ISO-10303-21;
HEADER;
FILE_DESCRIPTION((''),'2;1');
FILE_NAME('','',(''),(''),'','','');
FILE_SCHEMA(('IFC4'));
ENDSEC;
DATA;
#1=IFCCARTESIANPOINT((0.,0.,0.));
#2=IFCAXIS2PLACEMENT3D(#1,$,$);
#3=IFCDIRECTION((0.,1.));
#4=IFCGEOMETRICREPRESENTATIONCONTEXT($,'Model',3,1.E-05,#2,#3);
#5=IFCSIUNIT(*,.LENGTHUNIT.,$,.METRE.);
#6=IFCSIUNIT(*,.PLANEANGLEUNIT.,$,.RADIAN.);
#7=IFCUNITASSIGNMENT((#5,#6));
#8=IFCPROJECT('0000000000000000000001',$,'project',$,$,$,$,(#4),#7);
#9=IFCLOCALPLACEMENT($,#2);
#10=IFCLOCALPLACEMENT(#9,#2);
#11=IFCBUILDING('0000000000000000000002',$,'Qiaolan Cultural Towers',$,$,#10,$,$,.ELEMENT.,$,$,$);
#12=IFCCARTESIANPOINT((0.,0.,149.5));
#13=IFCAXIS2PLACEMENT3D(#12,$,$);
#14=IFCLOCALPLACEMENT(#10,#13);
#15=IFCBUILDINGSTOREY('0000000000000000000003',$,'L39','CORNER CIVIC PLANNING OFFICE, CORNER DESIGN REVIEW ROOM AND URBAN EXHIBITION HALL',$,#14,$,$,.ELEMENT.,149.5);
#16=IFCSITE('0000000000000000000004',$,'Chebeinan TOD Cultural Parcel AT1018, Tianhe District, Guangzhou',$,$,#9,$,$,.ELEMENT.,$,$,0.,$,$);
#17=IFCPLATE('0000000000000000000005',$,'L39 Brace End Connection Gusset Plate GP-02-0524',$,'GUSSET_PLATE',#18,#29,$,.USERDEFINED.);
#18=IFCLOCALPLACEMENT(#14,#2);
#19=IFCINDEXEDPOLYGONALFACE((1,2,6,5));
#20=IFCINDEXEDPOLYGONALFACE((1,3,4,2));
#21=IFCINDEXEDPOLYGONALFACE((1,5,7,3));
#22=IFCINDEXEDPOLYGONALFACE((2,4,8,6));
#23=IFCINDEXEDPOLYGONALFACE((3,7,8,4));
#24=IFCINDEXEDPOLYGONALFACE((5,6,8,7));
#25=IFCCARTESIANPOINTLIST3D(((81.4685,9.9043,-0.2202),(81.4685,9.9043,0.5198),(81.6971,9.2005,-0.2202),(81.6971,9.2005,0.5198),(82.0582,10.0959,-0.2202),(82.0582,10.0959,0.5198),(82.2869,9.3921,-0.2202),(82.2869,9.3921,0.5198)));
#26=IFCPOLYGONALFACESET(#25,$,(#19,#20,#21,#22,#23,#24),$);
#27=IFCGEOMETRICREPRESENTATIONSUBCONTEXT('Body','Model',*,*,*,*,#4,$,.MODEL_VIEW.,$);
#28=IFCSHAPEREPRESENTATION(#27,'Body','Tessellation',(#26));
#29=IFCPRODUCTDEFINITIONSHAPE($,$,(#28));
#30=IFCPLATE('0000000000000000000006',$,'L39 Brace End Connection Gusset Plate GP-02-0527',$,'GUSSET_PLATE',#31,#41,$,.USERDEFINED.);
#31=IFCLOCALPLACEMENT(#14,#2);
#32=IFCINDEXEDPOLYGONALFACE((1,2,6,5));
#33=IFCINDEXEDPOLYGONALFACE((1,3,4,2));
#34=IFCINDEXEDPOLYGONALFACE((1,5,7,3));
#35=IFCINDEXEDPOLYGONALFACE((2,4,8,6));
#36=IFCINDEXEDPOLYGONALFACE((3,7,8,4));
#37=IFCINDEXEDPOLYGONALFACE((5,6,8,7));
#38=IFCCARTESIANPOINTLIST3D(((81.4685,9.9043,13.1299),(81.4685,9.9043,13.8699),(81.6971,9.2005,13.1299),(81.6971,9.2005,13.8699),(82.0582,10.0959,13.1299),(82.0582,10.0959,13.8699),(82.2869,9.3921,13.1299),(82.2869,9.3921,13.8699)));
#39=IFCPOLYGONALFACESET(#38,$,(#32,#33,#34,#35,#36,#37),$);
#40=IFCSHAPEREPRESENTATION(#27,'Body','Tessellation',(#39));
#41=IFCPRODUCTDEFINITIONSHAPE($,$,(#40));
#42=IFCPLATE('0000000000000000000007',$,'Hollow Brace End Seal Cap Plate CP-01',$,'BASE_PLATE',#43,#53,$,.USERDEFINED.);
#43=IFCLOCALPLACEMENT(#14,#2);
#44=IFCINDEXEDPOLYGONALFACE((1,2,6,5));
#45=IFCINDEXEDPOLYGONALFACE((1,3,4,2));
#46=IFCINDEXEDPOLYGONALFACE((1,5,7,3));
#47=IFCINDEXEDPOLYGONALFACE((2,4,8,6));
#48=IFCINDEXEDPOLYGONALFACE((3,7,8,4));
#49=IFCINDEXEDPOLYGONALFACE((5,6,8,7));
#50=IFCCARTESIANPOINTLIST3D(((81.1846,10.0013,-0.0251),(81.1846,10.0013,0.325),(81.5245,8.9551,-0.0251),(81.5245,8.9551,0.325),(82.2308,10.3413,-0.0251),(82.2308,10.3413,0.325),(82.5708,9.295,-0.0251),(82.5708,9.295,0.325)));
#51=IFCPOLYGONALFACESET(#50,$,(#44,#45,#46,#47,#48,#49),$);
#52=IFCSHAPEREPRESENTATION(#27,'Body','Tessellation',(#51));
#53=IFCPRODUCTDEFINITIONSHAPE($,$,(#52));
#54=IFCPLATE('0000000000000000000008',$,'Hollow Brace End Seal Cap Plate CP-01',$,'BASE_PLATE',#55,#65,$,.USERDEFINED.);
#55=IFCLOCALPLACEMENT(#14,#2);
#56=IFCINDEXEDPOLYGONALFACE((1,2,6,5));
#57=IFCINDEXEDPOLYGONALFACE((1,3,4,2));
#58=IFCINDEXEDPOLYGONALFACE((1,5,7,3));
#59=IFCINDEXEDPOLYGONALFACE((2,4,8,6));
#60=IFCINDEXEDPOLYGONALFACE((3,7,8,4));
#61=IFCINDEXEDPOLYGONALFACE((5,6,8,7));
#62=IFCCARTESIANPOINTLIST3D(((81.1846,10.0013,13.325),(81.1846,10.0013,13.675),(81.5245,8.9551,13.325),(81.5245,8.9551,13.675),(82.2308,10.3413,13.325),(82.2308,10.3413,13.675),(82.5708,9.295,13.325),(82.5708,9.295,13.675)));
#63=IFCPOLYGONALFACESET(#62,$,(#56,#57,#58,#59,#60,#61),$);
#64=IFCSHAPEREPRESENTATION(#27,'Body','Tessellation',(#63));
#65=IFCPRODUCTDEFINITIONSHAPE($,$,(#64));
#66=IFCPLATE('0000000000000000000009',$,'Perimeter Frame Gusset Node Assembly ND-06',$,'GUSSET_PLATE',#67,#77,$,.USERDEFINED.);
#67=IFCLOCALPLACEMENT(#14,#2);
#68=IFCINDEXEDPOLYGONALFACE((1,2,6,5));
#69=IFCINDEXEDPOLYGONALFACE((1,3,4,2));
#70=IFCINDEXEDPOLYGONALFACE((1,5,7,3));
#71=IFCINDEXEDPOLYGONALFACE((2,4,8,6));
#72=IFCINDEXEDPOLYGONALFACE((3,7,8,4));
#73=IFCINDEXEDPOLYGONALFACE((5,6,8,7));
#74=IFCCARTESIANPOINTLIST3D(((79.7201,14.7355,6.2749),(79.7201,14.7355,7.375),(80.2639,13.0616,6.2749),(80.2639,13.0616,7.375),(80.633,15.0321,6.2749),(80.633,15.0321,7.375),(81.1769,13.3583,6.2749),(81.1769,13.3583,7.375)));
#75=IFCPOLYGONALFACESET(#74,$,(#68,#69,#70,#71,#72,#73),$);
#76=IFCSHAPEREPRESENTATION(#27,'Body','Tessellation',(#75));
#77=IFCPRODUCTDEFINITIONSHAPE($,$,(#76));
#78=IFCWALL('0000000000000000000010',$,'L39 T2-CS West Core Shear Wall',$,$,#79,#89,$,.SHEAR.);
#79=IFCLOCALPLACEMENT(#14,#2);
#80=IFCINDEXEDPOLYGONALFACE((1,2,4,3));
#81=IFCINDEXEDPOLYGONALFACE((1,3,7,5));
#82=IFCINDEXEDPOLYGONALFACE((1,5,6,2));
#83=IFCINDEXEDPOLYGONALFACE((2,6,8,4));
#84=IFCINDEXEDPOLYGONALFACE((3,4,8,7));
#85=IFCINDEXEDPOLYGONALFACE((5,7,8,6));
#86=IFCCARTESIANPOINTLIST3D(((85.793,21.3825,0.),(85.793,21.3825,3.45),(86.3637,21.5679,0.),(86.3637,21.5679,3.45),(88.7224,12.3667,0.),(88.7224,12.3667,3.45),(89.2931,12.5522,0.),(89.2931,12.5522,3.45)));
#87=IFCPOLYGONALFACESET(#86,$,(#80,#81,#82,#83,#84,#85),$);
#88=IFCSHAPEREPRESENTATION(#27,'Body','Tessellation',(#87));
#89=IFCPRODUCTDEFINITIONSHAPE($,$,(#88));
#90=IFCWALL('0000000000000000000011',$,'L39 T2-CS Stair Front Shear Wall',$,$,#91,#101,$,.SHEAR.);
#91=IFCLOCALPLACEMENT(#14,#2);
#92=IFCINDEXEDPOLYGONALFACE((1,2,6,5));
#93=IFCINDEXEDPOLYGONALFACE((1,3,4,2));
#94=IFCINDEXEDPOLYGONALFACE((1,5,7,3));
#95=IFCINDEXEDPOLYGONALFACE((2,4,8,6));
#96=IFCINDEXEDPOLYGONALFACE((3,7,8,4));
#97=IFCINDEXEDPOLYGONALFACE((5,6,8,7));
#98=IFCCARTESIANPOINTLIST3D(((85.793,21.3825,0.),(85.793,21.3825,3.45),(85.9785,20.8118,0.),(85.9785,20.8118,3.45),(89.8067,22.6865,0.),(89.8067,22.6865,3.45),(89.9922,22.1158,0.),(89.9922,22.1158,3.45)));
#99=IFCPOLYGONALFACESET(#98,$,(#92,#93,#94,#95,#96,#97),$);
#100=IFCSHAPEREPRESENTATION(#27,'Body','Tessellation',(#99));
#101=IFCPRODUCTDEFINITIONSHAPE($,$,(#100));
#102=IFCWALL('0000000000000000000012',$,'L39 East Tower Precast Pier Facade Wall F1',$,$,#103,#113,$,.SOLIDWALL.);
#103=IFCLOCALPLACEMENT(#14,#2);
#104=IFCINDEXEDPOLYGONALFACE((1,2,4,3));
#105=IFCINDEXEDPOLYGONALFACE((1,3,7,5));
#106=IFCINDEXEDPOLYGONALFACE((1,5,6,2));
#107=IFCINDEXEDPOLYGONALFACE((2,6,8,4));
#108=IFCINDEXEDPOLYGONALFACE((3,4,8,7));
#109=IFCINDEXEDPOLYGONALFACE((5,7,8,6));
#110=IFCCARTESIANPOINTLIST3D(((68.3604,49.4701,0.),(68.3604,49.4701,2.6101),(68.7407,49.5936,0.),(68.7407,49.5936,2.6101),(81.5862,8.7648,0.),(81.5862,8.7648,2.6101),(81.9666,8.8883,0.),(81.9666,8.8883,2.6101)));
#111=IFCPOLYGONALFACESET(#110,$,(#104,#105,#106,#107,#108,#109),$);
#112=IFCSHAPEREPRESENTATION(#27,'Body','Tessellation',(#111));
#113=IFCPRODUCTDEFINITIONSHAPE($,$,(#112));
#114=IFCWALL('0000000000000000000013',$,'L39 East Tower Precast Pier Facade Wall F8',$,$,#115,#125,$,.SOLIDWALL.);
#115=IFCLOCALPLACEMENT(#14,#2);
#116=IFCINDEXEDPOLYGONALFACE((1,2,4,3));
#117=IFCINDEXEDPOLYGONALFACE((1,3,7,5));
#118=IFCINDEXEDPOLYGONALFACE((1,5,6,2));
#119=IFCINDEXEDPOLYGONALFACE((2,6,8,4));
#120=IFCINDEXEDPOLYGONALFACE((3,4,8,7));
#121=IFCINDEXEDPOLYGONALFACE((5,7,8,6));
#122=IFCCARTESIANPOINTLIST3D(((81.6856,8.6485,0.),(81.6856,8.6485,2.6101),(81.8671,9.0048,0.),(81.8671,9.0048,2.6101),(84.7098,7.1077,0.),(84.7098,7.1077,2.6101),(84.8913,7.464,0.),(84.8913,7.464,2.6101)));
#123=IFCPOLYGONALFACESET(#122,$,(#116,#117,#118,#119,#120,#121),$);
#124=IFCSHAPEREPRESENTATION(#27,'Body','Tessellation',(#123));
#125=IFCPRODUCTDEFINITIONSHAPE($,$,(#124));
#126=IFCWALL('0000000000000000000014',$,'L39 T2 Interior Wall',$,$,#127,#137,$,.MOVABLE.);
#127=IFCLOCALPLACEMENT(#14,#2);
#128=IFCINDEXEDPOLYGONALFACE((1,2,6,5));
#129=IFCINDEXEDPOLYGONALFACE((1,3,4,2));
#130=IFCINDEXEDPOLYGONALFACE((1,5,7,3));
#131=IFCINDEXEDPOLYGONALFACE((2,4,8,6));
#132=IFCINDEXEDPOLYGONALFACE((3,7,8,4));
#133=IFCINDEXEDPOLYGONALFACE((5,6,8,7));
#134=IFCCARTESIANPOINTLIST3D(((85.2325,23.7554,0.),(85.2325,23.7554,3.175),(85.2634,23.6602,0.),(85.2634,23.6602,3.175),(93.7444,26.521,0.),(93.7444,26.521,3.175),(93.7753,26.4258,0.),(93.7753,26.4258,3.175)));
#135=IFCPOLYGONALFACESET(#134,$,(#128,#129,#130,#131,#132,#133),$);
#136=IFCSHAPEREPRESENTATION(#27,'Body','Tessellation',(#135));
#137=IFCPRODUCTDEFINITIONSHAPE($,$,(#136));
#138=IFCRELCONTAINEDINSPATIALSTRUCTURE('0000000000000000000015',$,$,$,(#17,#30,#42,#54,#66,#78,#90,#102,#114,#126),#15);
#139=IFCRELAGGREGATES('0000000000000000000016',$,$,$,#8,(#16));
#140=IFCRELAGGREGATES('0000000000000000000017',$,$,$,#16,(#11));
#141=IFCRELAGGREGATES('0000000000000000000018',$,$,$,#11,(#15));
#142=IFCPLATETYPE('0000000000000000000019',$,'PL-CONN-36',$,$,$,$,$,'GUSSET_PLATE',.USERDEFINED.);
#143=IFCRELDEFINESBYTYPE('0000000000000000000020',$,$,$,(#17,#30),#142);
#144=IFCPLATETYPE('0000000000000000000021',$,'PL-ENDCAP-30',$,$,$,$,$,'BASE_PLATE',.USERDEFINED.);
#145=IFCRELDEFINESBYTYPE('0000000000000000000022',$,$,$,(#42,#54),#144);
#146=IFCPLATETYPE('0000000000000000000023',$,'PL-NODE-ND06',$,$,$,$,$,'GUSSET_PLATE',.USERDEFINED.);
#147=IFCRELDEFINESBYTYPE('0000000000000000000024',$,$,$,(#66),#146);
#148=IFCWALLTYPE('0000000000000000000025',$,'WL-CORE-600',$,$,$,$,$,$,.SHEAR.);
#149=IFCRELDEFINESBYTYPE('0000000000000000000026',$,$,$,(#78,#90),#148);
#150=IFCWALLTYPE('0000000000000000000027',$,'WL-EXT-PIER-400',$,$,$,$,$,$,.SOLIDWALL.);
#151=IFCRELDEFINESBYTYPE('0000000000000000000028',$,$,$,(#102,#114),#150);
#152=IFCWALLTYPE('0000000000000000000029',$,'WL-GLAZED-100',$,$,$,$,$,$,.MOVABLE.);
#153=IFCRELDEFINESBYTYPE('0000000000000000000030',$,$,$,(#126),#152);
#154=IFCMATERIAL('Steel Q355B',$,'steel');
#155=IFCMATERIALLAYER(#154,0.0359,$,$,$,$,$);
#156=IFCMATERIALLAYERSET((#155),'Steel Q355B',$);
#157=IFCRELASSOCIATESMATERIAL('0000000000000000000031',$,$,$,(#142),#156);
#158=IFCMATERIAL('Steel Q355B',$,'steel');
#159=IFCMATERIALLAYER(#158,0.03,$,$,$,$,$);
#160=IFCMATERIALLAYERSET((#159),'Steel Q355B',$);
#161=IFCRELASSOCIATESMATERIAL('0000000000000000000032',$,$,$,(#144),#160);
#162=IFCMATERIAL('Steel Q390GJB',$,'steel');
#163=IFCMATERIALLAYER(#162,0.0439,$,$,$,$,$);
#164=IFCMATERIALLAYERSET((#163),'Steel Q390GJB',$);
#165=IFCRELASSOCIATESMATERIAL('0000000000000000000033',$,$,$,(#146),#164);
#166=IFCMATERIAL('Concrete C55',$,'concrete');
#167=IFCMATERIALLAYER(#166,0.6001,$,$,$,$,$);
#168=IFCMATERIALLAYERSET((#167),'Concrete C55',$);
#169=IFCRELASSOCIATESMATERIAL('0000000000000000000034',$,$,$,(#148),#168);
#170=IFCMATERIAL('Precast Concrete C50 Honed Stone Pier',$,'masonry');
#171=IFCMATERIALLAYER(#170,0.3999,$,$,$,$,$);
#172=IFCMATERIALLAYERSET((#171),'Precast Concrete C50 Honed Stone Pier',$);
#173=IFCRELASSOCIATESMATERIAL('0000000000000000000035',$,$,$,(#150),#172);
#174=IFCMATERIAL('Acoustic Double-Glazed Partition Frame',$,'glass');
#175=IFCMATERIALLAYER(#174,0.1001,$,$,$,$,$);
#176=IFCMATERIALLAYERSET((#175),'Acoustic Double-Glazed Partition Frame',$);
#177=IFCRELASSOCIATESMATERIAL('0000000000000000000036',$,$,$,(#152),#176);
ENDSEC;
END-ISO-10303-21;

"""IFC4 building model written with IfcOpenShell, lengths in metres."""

from ifc_helpers import new_model, si_unit, direction, frame, frame_2d, origin, origin_2d, place, context, subcontext, project, spatial, rectangle, extrude, material, layer, layer_set, type_object, element, save


model = new_model("IFC4")

# Units and contexts
model_context = context("Model", 3, precision=1e-05, world=origin(), true_north=direction((0.0, 1.0)))
body_context = subcontext(model_context, "Body", "Model", "MODEL_VIEW")
ifc_project = project(units=[si_unit("LENGTHUNIT", "METRE"), si_unit("PLANEANGLEUNIT", "RADIAN")], contexts=[model_context])

# Site, building, storey
site_placement = place(None, origin())
site = spatial("IfcSite", under=ifc_project, at=site_placement, Name="Chebeinan TOD Cultural Parcel AT1018, Tianhe District, Guangzhou", CompositionType="ELEMENT", RefElevation=0.0)
building_placement = place(site_placement, origin())
building = spatial("IfcBuilding", under=site, at=building_placement, Name="Qiaolan Cultural Towers", CompositionType="ELEMENT")
storey_placement = place(building_placement, frame((0.0, 0.0, 149.5)))
storey = spatial("IfcBuildingStorey", under=building, at=storey_placement, Name="L39", Description="CORNER CIVIC PLANNING OFFICE, CORNER DESIGN REVIEW ROOM AND URBAN EXHIBITION HALL", CompositionType="ELEMENT", Elevation=149.5)

# Plates
ifc_material_1 = material(Name="Steel Q355B", Category="steel")
ifc_layer_1 = layer(ifc_material_1, 0.0359)
ifc_layer_set_1 = layer_set([ifc_layer_1], Name="Steel Q355B")
plate_type_1 = type_object("IfcPlateType", Name="PL-CONN-36", ElementType="GUSSET_PLATE", PredefinedType="USERDEFINED", material=ifc_layer_set_1)
for number, where, z_axis, x_axis, name in (
    (1, (81.8777, 9.6482, -0.2202), (0.0, 0.0, 1.0), (-0.309017, 0.951057, 0.0), "L39 Brace End Connection Gusset Plate GP-02-0524"),
    (2, (81.8777, 9.6482, 13.1299), (0.0, 0.0, 1.0), (-0.309017, 0.951057, 0.0), "L39 Brace End Connection Gusset Plate GP-02-0527"),
):
    element("IfcPlate", number, at=place(storey_placement, frame(where, z_axis=z_axis, x_axis=x_axis)), inside=storey, type_object=plate_type_1, Name=name, ObjectType="GUSSET_PLATE", PredefinedType="USERDEFINED", context=body_context, shape_type="SweptSolid", body=[
        extrude(rectangle(XDim=0.74, YDim=0.6201, at=origin_2d()), origin(), (0.0, 0.0, 1.0), 0.74),
    ])
ifc_material_2 = material(Name="Steel Q355B", Category="steel")
ifc_layer_2 = layer(ifc_material_2, 0.03)
ifc_layer_set_2 = layer_set([ifc_layer_2], Name="Steel Q355B")
plate_type_2 = type_object("IfcPlateType", Name="PL-ENDCAP-30", ElementType="BASE_PLATE", PredefinedType="USERDEFINED", material=ifc_layer_set_2)
for number, where, z_axis, x_axis, name in (
    (3, (81.8777, 9.6482, -0.0251), (0.0, 0.0, 1.0), (-0.309017, 0.951057, 0.0), "Hollow Brace End Seal Cap Plate CP-01"),
    (4, (81.8777, 9.6482, 13.325), (0.0, 0.0, 1.0), (-0.309017, 0.951057, 0.0), "Hollow Brace End Seal Cap Plate CP-01"),
):
    element("IfcPlate", number, at=place(storey_placement, frame(where, z_axis=z_axis, x_axis=x_axis)), inside=storey, type_object=plate_type_2, Name=name, ObjectType="BASE_PLATE", PredefinedType="USERDEFINED", context=body_context, shape_type="SweptSolid", body=[
        extrude(rectangle(XDim=1.1001, YDim=1.1001, at=origin_2d()), origin(), (0.0, 0.0, 1.0), 0.3501),
    ])
ifc_material_3 = material(Name="Steel Q390GJB", Category="steel")
ifc_layer_3 = layer(ifc_material_3, 0.0439)
ifc_layer_set_3 = layer_set([ifc_layer_3], Name="Steel Q390GJB")
plate_type_3 = type_object("IfcPlateType", Name="PL-NODE-ND06", ElementType="GUSSET_PLATE", PredefinedType="USERDEFINED", material=ifc_layer_set_3)
plate_placement = place(storey_placement, frame((80.4485, 14.0469, 6.2749), z_axis=(0.0, 0.0, 1.0), x_axis=(-0.309017, 0.951057, 0.0)))
element("IfcPlate", 5, at=plate_placement, inside=storey, type_object=plate_type_3, Name="Perimeter Frame Gusset Node Assembly ND-06", ObjectType="GUSSET_PLATE", PredefinedType="USERDEFINED", context=body_context, shape_type="SweptSolid", body=[
    extrude(rectangle(XDim=1.76, YDim=0.96, at=origin_2d()), origin(), (0.0, 0.0, 1.0), 1.1001),
])

# Walls
ifc_material_4 = material(Name="Concrete C55", Category="concrete")
ifc_layer_4 = layer(ifc_material_4, 0.6001)
ifc_layer_set_4 = layer_set([ifc_layer_4], Name="Concrete C55")
wall_type_1 = type_object("IfcWallType", Name="WL-CORE-600", PredefinedType="SHEAR", material=ifc_layer_set_4)
wall_1_placement = place(storey_placement, frame((86.0784, 21.4751, 0.0), z_axis=(0.0, 0.0, 1.0), x_axis=(0.309018, -0.951056, 0.0)))
element("IfcWall", 6, at=wall_1_placement, inside=storey, type_object=wall_type_1, Name="L39 T2-CS West Core Shear Wall", PredefinedType="SHEAR", context=body_context, shape_type="SweptSolid", body=[
    extrude(rectangle(XDim=9.4797, YDim=0.6001, at=frame_2d((4.7397, 0.0))), origin(), (0.0, 0.0, 1.0), 3.45),
])
wall_2_placement = place(storey_placement, frame((85.8857, 21.0972, 0.0), z_axis=(0.0, 0.0, 1.0), x_axis=(0.951068, 0.308981, 0.0)))
element("IfcWall", 7, at=wall_2_placement, inside=storey, type_object=wall_type_1, Name="L39 T2-CS Stair Front Shear Wall", PredefinedType="SHEAR", context=body_context, shape_type="SweptSolid", body=[
    extrude(rectangle(XDim=4.2202, YDim=0.6001, at=frame_2d((2.1101, 0.0))), origin(), (0.0, 0.0, 1.0), 3.45),
])
ifc_material_5 = material(Name="Precast Concrete C50 Honed Stone Pier", Category="masonry")
ifc_layer_5 = layer(ifc_material_5, 0.3999)
ifc_layer_set_5 = layer_set([ifc_layer_5], Name="Precast Concrete C50 Honed Stone Pier")
wall_type_2 = type_object("IfcWallType", Name="WL-EXT-PIER-400", PredefinedType="SOLIDWALL", material=ifc_layer_set_5)
wall_3_placement = place(storey_placement, frame((81.7764, 8.8267, 0.0), z_axis=(0.0, 0.0, 1.0), x_axis=(-0.309014, 0.951057, 0.0)))
element("IfcWall", 8, at=wall_3_placement, inside=storey, type_object=wall_type_2, Name="L39 East Tower Precast Pier Facade Wall F1", PredefinedType="SOLIDWALL", context=body_context, shape_type="SweptSolid", body=[
    extrude(rectangle(XDim=42.8, YDim=0.3999, at=frame_2d((21.3999, 0.0))), origin(), (0.0, 0.0, 1.0), 2.6101),
])
wall_4_placement = place(storey_placement, frame((84.8005, 7.2859, 0.0), z_axis=(0.0, 0.0, 1.0), x_axis=(-0.891021, 0.453962, 0.0)))
element("IfcWall", 9, at=wall_4_placement, inside=storey, type_object=wall_type_2, Name="L39 East Tower Precast Pier Facade Wall F8", PredefinedType="SOLIDWALL", context=body_context, shape_type="SweptSolid", body=[
    extrude(rectangle(XDim=3.394, YDim=0.3999, at=frame_2d((1.697, 0.0))), origin(), (0.0, 0.0, 1.0), 2.6101),
])
ifc_material_6 = material(Name="Acoustic Double-Glazed Partition Frame", Category="glass")
ifc_layer_6 = layer(ifc_material_6, 0.1001)
ifc_layer_set_6 = layer_set([ifc_layer_6], Name="Acoustic Double-Glazed Partition Frame")
wall_type_3 = type_object("IfcWallType", Name="WL-GLAZED-100", PredefinedType="MOVABLE", material=ifc_layer_set_6)
wall_5_placement = place(storey_placement, frame((85.2478, 23.7078, 0.0), z_axis=(0.0, 0.0, 1.0), x_axis=(0.951059, 0.309009, 0.0)))
element("IfcWall", 10, at=wall_5_placement, inside=storey, type_object=wall_type_3, Name="L39 T2 Interior Wall", PredefinedType="MOVABLE", context=body_context, shape_type="SweptSolid", body=[
    extrude(rectangle(XDim=8.95, YDim=0.1001, at=frame_2d((4.4751, 0.0))), origin(), (0.0, 0.0, 1.0), 3.175),
])

save(model, "model.ifc")
